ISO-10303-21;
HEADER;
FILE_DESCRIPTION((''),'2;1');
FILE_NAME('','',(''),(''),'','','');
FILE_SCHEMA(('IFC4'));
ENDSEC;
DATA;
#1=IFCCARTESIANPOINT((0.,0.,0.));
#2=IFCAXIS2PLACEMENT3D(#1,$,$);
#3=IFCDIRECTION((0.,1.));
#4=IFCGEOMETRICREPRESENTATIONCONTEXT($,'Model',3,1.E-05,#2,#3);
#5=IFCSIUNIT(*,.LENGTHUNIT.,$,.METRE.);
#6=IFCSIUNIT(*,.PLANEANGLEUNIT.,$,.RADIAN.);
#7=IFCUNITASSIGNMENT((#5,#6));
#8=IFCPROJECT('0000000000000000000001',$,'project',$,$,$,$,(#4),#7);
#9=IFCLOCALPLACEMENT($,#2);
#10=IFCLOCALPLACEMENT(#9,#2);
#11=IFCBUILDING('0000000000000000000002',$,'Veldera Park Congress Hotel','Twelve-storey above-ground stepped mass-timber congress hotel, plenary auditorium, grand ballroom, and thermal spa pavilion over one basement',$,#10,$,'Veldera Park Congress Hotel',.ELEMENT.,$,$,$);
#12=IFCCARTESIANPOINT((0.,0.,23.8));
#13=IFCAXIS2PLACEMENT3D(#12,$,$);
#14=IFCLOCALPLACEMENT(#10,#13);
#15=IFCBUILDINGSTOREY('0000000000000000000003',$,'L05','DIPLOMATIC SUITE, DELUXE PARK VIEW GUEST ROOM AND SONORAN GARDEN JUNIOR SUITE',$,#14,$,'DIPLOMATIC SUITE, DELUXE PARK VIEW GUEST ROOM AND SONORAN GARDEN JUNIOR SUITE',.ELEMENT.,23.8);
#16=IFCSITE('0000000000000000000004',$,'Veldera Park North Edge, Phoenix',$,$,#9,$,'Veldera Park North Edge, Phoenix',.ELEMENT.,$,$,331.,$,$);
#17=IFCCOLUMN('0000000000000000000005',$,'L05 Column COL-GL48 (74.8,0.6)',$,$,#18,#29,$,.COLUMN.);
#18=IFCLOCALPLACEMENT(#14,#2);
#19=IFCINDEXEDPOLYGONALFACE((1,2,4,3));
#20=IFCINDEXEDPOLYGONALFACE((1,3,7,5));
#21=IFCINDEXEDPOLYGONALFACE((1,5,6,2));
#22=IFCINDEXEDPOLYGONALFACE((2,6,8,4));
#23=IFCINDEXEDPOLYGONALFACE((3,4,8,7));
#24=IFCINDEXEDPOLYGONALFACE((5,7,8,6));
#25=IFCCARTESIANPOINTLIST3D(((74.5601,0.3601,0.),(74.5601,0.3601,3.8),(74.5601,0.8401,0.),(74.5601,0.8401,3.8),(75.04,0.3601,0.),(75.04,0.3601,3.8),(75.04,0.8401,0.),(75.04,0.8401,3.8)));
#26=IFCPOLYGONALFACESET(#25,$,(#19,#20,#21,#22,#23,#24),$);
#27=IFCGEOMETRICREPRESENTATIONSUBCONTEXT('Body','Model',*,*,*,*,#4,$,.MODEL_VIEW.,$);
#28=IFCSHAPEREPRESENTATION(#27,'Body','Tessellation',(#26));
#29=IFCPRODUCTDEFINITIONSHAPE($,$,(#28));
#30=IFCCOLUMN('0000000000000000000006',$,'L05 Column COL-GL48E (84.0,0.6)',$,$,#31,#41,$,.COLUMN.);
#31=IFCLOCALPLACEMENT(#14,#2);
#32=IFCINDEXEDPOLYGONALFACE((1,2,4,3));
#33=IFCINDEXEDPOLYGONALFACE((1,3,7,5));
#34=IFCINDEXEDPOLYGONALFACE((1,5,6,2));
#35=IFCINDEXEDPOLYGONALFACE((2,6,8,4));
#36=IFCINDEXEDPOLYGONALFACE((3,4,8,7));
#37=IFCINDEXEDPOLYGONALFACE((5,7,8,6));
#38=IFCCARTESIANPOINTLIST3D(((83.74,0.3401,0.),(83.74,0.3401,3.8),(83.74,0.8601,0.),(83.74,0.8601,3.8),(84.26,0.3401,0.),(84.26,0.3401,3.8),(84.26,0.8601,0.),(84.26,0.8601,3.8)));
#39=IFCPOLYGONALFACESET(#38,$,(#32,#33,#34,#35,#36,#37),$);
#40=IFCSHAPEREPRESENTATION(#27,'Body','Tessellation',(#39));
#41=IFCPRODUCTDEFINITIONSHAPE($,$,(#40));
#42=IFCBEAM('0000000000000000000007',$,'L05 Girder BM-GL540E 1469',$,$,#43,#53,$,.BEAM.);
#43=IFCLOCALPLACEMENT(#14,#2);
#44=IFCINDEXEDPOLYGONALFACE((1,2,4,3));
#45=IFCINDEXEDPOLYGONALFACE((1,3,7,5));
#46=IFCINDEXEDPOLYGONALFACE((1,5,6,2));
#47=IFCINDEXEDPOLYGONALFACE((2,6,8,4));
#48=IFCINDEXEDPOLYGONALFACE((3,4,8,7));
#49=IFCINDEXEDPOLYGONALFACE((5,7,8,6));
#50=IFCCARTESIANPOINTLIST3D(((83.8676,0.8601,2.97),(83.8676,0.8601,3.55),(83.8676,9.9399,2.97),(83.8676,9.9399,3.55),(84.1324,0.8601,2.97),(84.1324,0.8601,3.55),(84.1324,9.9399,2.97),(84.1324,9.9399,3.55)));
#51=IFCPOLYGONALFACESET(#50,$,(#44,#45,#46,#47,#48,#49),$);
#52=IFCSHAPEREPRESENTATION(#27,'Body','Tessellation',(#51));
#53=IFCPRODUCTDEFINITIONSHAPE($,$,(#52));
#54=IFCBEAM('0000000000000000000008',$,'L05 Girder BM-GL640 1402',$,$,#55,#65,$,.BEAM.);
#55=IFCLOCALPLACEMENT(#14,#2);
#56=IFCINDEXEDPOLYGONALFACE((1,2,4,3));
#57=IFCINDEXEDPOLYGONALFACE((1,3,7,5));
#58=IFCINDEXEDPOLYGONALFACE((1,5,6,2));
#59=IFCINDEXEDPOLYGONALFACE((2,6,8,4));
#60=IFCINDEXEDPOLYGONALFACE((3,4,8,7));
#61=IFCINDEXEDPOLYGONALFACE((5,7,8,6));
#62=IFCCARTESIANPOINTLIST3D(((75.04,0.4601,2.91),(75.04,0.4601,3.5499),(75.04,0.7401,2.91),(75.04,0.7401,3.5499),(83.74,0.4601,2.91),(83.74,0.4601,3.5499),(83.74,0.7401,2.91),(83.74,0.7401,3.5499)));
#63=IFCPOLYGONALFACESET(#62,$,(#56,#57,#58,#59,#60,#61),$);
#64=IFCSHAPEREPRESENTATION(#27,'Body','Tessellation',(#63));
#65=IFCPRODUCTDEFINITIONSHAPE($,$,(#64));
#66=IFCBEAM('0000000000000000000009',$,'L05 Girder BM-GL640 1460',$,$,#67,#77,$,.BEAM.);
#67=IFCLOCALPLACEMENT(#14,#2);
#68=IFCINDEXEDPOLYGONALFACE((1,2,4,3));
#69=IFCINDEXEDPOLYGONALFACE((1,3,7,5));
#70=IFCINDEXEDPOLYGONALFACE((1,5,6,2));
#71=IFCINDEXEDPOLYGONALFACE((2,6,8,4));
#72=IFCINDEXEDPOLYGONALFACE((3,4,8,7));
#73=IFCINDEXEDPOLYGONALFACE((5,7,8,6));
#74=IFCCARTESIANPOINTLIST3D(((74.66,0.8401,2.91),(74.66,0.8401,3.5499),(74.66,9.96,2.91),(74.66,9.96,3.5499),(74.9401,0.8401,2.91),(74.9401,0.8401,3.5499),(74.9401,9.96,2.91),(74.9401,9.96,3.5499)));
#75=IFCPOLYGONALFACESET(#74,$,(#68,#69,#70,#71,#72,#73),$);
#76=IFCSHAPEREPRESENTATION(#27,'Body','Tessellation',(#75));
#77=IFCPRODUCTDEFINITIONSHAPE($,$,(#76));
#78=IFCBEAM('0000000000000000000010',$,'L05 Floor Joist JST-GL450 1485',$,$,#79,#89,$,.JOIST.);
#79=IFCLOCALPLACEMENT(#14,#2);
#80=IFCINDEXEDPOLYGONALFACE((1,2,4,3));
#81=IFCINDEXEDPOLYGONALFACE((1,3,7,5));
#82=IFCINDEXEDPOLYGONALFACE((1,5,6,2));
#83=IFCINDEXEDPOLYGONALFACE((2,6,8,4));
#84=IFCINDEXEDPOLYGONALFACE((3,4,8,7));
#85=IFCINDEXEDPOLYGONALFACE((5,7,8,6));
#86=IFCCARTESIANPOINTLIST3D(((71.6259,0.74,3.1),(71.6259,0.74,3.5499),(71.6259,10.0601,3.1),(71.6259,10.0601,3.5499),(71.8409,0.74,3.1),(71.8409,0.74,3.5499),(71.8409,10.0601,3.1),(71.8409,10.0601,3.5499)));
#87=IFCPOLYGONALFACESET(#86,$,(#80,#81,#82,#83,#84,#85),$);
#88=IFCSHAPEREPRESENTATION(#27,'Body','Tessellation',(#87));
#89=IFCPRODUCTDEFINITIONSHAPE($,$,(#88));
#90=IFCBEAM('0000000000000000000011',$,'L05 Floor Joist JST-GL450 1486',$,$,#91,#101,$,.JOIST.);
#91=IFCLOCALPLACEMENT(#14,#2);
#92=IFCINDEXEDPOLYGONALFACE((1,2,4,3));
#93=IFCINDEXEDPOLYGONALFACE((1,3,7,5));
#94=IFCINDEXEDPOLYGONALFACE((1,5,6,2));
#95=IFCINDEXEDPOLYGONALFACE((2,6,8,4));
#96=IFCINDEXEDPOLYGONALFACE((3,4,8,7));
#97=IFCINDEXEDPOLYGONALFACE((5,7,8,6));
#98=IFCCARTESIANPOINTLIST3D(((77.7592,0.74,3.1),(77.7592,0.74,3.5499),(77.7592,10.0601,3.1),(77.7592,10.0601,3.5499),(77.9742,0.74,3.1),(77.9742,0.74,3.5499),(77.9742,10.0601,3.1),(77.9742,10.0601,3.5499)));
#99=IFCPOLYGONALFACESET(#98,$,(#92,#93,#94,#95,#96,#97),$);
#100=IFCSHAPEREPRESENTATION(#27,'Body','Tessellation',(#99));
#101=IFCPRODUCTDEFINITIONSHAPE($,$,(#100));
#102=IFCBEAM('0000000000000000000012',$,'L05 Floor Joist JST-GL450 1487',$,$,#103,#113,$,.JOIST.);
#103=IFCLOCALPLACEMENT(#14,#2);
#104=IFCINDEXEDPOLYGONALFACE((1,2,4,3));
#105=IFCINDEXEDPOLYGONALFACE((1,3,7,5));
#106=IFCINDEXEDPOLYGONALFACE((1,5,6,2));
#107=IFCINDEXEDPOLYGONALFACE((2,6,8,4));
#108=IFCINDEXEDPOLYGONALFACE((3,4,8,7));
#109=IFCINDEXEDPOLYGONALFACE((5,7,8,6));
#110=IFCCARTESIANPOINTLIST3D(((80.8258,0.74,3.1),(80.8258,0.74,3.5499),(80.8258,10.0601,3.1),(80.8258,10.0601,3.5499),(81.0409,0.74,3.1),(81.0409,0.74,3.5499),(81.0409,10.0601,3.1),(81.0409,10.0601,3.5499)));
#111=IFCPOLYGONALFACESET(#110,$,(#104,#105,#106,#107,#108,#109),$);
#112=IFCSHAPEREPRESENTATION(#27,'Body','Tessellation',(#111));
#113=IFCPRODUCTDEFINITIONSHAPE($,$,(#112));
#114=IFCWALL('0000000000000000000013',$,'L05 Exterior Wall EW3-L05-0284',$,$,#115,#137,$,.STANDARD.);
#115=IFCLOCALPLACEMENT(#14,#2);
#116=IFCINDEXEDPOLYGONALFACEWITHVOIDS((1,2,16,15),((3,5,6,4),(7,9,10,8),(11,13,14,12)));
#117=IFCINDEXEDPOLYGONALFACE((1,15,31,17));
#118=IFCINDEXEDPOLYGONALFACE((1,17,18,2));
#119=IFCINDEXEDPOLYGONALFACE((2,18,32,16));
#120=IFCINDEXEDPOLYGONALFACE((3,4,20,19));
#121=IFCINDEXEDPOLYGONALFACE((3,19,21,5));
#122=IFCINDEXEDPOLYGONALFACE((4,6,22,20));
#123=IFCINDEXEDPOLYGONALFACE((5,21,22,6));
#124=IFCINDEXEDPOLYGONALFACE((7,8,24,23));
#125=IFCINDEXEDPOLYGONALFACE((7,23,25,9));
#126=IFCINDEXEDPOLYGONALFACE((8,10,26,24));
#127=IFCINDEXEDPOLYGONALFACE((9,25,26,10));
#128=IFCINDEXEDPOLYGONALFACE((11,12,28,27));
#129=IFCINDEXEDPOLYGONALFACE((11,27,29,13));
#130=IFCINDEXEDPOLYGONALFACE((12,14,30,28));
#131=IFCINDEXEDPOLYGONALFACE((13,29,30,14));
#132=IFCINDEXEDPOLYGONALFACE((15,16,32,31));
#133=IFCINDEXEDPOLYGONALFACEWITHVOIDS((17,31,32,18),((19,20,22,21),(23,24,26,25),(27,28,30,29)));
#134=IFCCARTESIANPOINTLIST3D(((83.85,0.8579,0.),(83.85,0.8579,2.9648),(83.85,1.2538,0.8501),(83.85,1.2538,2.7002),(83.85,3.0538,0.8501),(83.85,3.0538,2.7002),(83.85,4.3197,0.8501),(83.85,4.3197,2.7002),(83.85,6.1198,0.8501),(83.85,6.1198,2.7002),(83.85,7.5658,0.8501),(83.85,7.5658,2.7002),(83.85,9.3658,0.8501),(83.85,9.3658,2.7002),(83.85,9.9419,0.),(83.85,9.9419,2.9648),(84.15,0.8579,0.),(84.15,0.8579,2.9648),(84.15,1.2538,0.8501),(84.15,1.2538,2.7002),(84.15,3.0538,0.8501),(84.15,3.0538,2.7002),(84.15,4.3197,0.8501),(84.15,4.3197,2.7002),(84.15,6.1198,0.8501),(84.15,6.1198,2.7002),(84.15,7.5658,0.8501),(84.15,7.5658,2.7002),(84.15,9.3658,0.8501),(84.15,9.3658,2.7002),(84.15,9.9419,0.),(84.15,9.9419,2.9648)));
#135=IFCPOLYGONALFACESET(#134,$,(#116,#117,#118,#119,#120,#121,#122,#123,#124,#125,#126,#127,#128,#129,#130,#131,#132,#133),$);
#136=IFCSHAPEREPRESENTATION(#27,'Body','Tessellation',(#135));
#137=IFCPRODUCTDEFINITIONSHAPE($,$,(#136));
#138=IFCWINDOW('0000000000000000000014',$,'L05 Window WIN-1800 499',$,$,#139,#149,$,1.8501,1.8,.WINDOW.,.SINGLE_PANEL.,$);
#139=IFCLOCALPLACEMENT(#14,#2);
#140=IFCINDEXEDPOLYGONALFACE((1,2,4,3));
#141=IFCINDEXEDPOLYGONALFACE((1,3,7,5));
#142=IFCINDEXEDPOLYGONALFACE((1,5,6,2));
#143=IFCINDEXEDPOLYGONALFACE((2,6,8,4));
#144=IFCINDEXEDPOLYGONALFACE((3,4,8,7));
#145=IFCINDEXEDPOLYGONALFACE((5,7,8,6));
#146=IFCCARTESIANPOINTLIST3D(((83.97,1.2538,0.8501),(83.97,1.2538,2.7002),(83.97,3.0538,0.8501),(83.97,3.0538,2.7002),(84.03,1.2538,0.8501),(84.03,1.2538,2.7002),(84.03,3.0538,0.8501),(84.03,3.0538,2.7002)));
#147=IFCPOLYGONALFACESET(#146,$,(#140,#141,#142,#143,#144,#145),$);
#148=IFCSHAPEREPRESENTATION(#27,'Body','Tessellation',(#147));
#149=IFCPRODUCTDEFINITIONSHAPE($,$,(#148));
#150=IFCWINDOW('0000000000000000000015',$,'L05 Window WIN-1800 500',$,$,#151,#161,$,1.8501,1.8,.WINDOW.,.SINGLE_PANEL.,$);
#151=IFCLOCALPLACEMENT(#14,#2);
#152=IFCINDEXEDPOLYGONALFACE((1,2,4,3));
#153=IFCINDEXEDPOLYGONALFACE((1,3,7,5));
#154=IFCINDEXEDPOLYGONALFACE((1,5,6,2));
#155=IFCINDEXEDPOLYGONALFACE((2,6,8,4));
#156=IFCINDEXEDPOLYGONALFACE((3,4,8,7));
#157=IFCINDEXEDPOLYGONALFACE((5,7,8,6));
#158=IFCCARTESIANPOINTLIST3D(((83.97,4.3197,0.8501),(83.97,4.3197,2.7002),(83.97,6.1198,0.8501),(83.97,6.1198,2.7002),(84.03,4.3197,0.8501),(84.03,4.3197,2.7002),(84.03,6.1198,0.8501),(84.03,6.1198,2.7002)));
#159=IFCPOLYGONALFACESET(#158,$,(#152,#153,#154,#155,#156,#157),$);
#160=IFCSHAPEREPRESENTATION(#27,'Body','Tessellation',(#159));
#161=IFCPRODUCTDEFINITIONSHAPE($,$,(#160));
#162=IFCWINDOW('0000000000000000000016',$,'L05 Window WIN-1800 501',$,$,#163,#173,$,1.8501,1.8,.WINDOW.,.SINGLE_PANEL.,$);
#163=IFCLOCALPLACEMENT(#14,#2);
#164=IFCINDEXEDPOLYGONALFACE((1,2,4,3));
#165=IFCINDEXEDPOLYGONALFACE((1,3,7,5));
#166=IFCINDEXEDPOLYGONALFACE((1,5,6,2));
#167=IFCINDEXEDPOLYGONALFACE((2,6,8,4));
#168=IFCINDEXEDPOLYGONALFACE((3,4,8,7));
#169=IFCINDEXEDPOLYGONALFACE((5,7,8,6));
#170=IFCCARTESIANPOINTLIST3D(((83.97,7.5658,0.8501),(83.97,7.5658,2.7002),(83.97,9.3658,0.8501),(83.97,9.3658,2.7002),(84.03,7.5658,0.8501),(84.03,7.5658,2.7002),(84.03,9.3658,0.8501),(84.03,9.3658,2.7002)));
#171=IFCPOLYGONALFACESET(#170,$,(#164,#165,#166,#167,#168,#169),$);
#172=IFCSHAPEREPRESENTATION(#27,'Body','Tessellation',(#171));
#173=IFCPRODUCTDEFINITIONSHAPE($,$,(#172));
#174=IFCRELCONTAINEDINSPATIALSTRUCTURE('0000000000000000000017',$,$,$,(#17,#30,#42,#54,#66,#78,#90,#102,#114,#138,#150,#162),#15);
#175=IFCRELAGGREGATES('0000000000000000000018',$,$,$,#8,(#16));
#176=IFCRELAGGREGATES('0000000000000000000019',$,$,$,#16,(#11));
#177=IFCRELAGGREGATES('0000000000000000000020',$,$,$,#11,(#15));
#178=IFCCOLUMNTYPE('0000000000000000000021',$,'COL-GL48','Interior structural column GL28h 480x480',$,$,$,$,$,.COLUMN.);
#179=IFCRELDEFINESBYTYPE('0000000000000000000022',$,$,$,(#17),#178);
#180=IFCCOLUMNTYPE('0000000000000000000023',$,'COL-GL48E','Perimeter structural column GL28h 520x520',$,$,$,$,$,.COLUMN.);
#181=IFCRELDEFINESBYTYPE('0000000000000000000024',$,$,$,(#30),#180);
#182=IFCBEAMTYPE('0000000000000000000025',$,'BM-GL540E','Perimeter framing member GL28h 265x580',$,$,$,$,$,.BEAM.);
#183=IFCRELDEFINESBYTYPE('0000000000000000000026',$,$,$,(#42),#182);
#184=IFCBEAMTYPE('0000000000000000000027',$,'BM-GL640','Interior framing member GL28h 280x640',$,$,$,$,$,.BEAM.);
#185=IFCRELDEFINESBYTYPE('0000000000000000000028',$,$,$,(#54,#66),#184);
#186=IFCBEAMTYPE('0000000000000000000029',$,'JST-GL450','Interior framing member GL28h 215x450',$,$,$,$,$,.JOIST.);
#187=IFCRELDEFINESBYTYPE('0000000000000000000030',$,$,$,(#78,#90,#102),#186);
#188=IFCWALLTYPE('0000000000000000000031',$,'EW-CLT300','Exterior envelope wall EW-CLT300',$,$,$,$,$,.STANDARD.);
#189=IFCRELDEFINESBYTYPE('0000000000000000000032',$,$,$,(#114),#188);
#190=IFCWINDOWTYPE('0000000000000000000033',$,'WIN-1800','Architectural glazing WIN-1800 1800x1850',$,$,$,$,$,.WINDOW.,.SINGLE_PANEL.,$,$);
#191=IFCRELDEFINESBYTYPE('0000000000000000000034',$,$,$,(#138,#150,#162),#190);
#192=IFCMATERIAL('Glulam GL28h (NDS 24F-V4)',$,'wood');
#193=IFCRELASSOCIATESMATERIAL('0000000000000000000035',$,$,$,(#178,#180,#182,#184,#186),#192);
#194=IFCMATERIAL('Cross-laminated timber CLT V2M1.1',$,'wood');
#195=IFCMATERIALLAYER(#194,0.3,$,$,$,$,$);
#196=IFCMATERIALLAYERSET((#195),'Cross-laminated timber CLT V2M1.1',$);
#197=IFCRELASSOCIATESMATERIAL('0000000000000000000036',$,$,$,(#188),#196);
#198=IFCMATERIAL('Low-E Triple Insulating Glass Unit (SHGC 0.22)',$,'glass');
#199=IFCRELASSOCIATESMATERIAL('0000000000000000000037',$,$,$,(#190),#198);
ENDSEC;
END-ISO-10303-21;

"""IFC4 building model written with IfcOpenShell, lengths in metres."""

from ifc_helpers import new_model, si_unit, direction, frame, frame_2d, origin, origin_2d, place, context, subcontext, project, spatial, rectangle, extrude, material, layer, layer_set, material_profile, profile_set, type_object, element, fill, save


model = new_model("IFC4")

# Units and contexts
model_context = context("Model", 3, precision=1e-05, world=origin(), true_north=direction((0.0, 1.0)))
body_context = subcontext(model_context, "Body", "Model", "MODEL_VIEW")
ifc_project = project(units=[si_unit("LENGTHUNIT", "METRE"), si_unit("PLANEANGLEUNIT", "RADIAN")], contexts=[model_context])

# Site, building, storey
site_placement = place(None, origin())
site = spatial("IfcSite", under=ifc_project, at=site_placement, Name="Veldera Park North Edge, Phoenix", LongName="Veldera Park North Edge, Phoenix", CompositionType="ELEMENT", RefElevation=331.0)
building_placement = place(site_placement, origin())
building = spatial("IfcBuilding", under=site, at=building_placement, Name="Veldera Park Congress Hotel", Description="Twelve-storey above-ground stepped mass-timber congress hotel, plenary auditorium, grand ballroom, and thermal spa pavilion over one basement", LongName="Veldera Park Congress Hotel", CompositionType="ELEMENT")
storey_placement = place(building_placement, frame((0.0, 0.0, 23.8)))
storey = spatial("IfcBuildingStorey", under=building, at=storey_placement, Name="L05", Description="DIPLOMATIC SUITE, DELUXE PARK VIEW GUEST ROOM AND SONORAN GARDEN JUNIOR SUITE", LongName="DIPLOMATIC SUITE, DELUXE PARK VIEW GUEST ROOM AND SONORAN GARDEN JUNIOR SUITE", CompositionType="ELEMENT", Elevation=23.8)

# Columns
ifc_material_1 = material(Name="Glulam GL28h (NDS 24F-V4)", Category="wood")
ifc_material_profile_1 = material_profile(ifc_material_1, rectangle(XDim=0.48, YDim=0.48, at=origin_2d()), Name="GL28h 480x480")
ifc_profile_set_1 = profile_set([ifc_material_profile_1], Name="Glulam GL28h (NDS 24F-V4)")
column_type_1 = type_object("IfcColumnType", Name="COL-GL48", Description="Interior structural column GL28h 480x480", PredefinedType="COLUMN", material=ifc_profile_set_1)
column_1_placement = place(storey_placement, frame((74.8, 0.6001, 0.0), z_axis=(0.0, 0.0, 1.0), x_axis=(1.0, 0.0, 0.0)))
element("IfcColumn", 1, at=column_1_placement, inside=storey, type_object=column_type_1, Name="L05 Column COL-GL48 (74.8,0.6)", PredefinedType="COLUMN", context=body_context, shape_type="SweptSolid", body=[
    extrude(rectangle(XDim=0.48, YDim=0.48, at=origin_2d()), origin(), (0.0, 0.0, 1.0), 3.8),
])
ifc_material_profile_2 = material_profile(ifc_material_1, rectangle(XDim=0.52, YDim=0.52, at=origin_2d()), Name="GL28h 520x520")
ifc_profile_set_2 = profile_set([ifc_material_profile_2], Name="Glulam GL28h (NDS 24F-V4)")
column_type_2 = type_object("IfcColumnType", Name="COL-GL48E", Description="Perimeter structural column GL28h 520x520", PredefinedType="COLUMN", material=ifc_profile_set_2)
column_2_placement = place(storey_placement, frame((84.0, 0.6001, 0.0), z_axis=(0.0, 0.0, 1.0), x_axis=(1.0, 0.0, 0.0)))
element("IfcColumn", 2, at=column_2_placement, inside=storey, type_object=column_type_2, Name="L05 Column COL-GL48E (84.0,0.6)", PredefinedType="COLUMN", context=body_context, shape_type="SweptSolid", body=[
    extrude(rectangle(XDim=0.52, YDim=0.52, at=origin_2d()), origin(), (0.0, 0.0, 1.0), 3.8),
])

# Beams
ifc_material_profile_3 = material_profile(ifc_material_1, rectangle(XDim=0.2649, YDim=0.5801, at=origin_2d()), Name="GL28h 265x580")
ifc_profile_set_3 = profile_set([ifc_material_profile_3], Name="Glulam GL28h (NDS 24F-V4)")
beam_type_1 = type_object("IfcBeamType", Name="BM-GL540E", Description="Perimeter framing member GL28h 265x580", PredefinedType="BEAM", material=ifc_profile_set_3)
beam_1_placement = place(storey_placement, frame((84.0, 0.8601, 3.26), z_axis=(0.0, 1.0, 0.0), x_axis=(-1.0, 0.0, 0.0)))
element("IfcBeam", 3, at=beam_1_placement, inside=storey, type_object=beam_type_1, Name="L05 Girder BM-GL540E 1469", PredefinedType="BEAM", context=body_context, shape_type="SweptSolid", body=[
    extrude(rectangle(XDim=0.2649, YDim=0.5801, at=origin_2d()), origin(), (0.0, 0.0, 1.0), 9.0798),
])
ifc_material_profile_4 = material_profile(ifc_material_1, rectangle(XDim=0.28, YDim=0.6399, at=origin_2d()), Name="GL28h 280x640")
ifc_profile_set_4 = profile_set([ifc_material_profile_4], Name="Glulam GL28h (NDS 24F-V4)")
beam_type_2 = type_object("IfcBeamType", Name="BM-GL640", Description="Interior framing member GL28h 280x640", PredefinedType="BEAM", material=ifc_profile_set_4)
beam_2_placement = place(storey_placement, frame((75.04, 0.6001, 3.23), z_axis=(1.0, 0.0, 0.0), x_axis=(0.0, 1.0, 0.0)))
element("IfcBeam", 4, at=beam_2_placement, inside=storey, type_object=beam_type_2, Name="L05 Girder BM-GL640 1402", PredefinedType="BEAM", context=body_context, shape_type="SweptSolid", body=[
    extrude(rectangle(XDim=0.28, YDim=0.6399, at=origin_2d()), origin(), (0.0, 0.0, 1.0), 8.7),
])
beam_3_placement = place(storey_placement, frame((74.8, 0.8401, 3.23), z_axis=(0.0, 1.0, 0.0), x_axis=(-1.0, 0.0, 0.0)))
element("IfcBeam", 5, at=beam_3_placement, inside=storey, type_object=beam_type_2, Name="L05 Girder BM-GL640 1460", PredefinedType="BEAM", context=body_context, shape_type="SweptSolid", body=[
    extrude(rectangle(XDim=0.28, YDim=0.6399, at=origin_2d()), origin(), (0.0, 0.0, 1.0), 9.1199),
])
ifc_material_profile_5 = material_profile(ifc_material_1, rectangle(XDim=0.2151, YDim=0.45, at=origin_2d()), Name="GL28h 215x450")
ifc_profile_set_5 = profile_set([ifc_material_profile_5], Name="Glulam GL28h (NDS 24F-V4)")
beam_type_3 = type_object("IfcBeamType", Name="JST-GL450", Description="Interior framing member GL28h 215x450", PredefinedType="JOIST", material=ifc_profile_set_5)
for number, where, z_axis, x_axis, name in (
    (6, (71.7334, 0.74, 3.325), (0.0, 1.0, 0.0), (-1.0, 0.0, 0.0), "L05 Floor Joist JST-GL450 1485"),
    (7, (77.8667, 0.74, 3.325), (0.0, 1.0, 0.0), (-1.0, 0.0, 0.0), "L05 Floor Joist JST-GL450 1486"),
    (8, (80.9333, 0.74, 3.325), (0.0, 1.0, 0.0), (-1.0, 0.0, 0.0), "L05 Floor Joist JST-GL450 1487"),
):
    element("IfcBeam", number, at=place(storey_placement, frame(where, z_axis=z_axis, x_axis=x_axis)), inside=storey, type_object=beam_type_3, Name=name, PredefinedType="JOIST", context=body_context, shape_type="SweptSolid", body=[
        extrude(rectangle(XDim=0.2151, YDim=0.45, at=origin_2d()), origin(), (0.0, 0.0, 1.0), 9.3201),
    ])

# Wall, openings, windows
ifc_material_2 = material(Name="Cross-laminated timber CLT V2M1.1", Category="wood")
ifc_layer_1 = layer(ifc_material_2, 0.3)
ifc_layer_set_1 = layer_set([ifc_layer_1], Name="Cross-laminated timber CLT V2M1.1")
wall_type_1 = type_object("IfcWallType", Name="EW-CLT300", Description="Exterior envelope wall EW-CLT300", PredefinedType="STANDARD", material=ifc_layer_set_1)
wall_1_placement = place(storey_placement, frame((84.0, 0.8579, 0.0), z_axis=(0.0, 0.0, 1.0), x_axis=(0.0, 1.0, 0.0)))
wall_1 = element("IfcWall", 9, at=wall_1_placement, inside=storey, type_object=wall_type_1, Name="L05 Exterior Wall EW3-L05-0284", PredefinedType="STANDARD", context=body_context, shape_type="SweptSolid", body=[
    extrude(rectangle(XDim=9.084, YDim=0.3, at=frame_2d((4.542, 0.0))), origin(), (0.0, 0.0, 1.0), 2.9648),
])
opening_1_placement = place(wall_1_placement, frame((0.396, 0.0, 0.8501)))
opening_1 = element("IfcOpeningElement", 10, at=opening_1_placement, cuts=wall_1, PredefinedType="OPENING", context=body_context, shape_type="SweptSolid", body=[
    extrude(rectangle(XDim=1.8, YDim=1.8501, at=frame_2d((0.8999, 0.925))), frame((0.0, 0.1621, 0.0), z_axis=(0.0, -1.0, 0.0), x_axis=(1.0, 0.0, 0.0)), (0.0, 0.0, 1.0), 0.324),
])
opening_2_placement = place(wall_1_placement, frame((3.4619, 0.0, 0.8501)))
opening_2 = element("IfcOpeningElement", 11, at=opening_2_placement, cuts=wall_1, PredefinedType="OPENING", context=body_context, shape_type="SweptSolid", body=[
    extrude(rectangle(XDim=1.8, YDim=1.8501, at=frame_2d((0.8999, 0.925))), frame((0.0, 0.1621, 0.0), z_axis=(0.0, -1.0, 0.0), x_axis=(1.0, 0.0, 0.0)), (0.0, 0.0, 1.0), 0.324),
])
opening_3_placement = place(wall_1_placement, frame((6.708, 0.0, 0.8501)))
opening_3 = element("IfcOpeningElement", 12, at=opening_3_placement, cuts=wall_1, PredefinedType="OPENING", context=body_context, shape_type="SweptSolid", body=[
    extrude(rectangle(XDim=1.8, YDim=1.8501, at=frame_2d((0.8999, 0.925))), frame((0.0, 0.1621, 0.0), z_axis=(0.0, -1.0, 0.0), x_axis=(1.0, 0.0, 0.0)), (0.0, 0.0, 1.0), 0.324),
])
ifc_material_3 = material(Name="Low-E Triple Insulating Glass Unit (SHGC 0.22)", Category="glass")
window_type = type_object("IfcWindowType", Name="WIN-1800", Description="Architectural glazing WIN-1800 1800x1850", PartitioningType="SINGLE_PANEL", PredefinedType="WINDOW", material=ifc_material_3)
window_1_placement = place(opening_1_placement, origin())
window_1 = element("IfcWindow", 13, at=window_1_placement, inside=storey, type_object=window_type, Name="L05 Window WIN-1800 499", OverallHeight=1.8501, OverallWidth=1.8, PartitioningType="SINGLE_PANEL", PredefinedType="WINDOW", context=body_context, shape_type="SweptSolid", body=[
    extrude(rectangle(XDim=1.8, YDim=1.8501, at=frame_2d((0.8999, 0.925))), frame((0.0, 0.03, 0.0), z_axis=(0.0, -1.0, 0.0), x_axis=(1.0, 0.0, 0.0)), (0.0, 0.0, 1.0), 0.0601),
])
fill(opening_1, window_1)
window_2_placement = place(opening_2_placement, origin())
window_2 = element("IfcWindow", 14, at=window_2_placement, inside=storey, type_object=window_type, Name="L05 Window WIN-1800 500", OverallHeight=1.8501, OverallWidth=1.8, PartitioningType="SINGLE_PANEL", PredefinedType="WINDOW", context=body_context, shape_type="SweptSolid", body=[
    extrude(rectangle(XDim=1.8, YDim=1.8501, at=frame_2d((0.8999, 0.925))), frame((0.0, 0.03, 0.0), z_axis=(0.0, -1.0, 0.0), x_axis=(1.0, 0.0, 0.0)), (0.0, 0.0, 1.0), 0.0601),
])
fill(opening_2, window_2)
window_3_placement = place(opening_3_placement, origin())
window_3 = element("IfcWindow", 15, at=window_3_placement, inside=storey, type_object=window_type, Name="L05 Window WIN-1800 501", OverallHeight=1.8501, OverallWidth=1.8, PartitioningType="SINGLE_PANEL", PredefinedType="WINDOW", context=body_context, shape_type="SweptSolid", body=[
    extrude(rectangle(XDim=1.8, YDim=1.8501, at=frame_2d((0.8999, 0.925))), frame((0.0, 0.03, 0.0), z_axis=(0.0, -1.0, 0.0), x_axis=(1.0, 0.0, 0.0)), (0.0, 0.0, 1.0), 0.0601),
])
fill(opening_3, window_3)

save(model, "model.ifc")
